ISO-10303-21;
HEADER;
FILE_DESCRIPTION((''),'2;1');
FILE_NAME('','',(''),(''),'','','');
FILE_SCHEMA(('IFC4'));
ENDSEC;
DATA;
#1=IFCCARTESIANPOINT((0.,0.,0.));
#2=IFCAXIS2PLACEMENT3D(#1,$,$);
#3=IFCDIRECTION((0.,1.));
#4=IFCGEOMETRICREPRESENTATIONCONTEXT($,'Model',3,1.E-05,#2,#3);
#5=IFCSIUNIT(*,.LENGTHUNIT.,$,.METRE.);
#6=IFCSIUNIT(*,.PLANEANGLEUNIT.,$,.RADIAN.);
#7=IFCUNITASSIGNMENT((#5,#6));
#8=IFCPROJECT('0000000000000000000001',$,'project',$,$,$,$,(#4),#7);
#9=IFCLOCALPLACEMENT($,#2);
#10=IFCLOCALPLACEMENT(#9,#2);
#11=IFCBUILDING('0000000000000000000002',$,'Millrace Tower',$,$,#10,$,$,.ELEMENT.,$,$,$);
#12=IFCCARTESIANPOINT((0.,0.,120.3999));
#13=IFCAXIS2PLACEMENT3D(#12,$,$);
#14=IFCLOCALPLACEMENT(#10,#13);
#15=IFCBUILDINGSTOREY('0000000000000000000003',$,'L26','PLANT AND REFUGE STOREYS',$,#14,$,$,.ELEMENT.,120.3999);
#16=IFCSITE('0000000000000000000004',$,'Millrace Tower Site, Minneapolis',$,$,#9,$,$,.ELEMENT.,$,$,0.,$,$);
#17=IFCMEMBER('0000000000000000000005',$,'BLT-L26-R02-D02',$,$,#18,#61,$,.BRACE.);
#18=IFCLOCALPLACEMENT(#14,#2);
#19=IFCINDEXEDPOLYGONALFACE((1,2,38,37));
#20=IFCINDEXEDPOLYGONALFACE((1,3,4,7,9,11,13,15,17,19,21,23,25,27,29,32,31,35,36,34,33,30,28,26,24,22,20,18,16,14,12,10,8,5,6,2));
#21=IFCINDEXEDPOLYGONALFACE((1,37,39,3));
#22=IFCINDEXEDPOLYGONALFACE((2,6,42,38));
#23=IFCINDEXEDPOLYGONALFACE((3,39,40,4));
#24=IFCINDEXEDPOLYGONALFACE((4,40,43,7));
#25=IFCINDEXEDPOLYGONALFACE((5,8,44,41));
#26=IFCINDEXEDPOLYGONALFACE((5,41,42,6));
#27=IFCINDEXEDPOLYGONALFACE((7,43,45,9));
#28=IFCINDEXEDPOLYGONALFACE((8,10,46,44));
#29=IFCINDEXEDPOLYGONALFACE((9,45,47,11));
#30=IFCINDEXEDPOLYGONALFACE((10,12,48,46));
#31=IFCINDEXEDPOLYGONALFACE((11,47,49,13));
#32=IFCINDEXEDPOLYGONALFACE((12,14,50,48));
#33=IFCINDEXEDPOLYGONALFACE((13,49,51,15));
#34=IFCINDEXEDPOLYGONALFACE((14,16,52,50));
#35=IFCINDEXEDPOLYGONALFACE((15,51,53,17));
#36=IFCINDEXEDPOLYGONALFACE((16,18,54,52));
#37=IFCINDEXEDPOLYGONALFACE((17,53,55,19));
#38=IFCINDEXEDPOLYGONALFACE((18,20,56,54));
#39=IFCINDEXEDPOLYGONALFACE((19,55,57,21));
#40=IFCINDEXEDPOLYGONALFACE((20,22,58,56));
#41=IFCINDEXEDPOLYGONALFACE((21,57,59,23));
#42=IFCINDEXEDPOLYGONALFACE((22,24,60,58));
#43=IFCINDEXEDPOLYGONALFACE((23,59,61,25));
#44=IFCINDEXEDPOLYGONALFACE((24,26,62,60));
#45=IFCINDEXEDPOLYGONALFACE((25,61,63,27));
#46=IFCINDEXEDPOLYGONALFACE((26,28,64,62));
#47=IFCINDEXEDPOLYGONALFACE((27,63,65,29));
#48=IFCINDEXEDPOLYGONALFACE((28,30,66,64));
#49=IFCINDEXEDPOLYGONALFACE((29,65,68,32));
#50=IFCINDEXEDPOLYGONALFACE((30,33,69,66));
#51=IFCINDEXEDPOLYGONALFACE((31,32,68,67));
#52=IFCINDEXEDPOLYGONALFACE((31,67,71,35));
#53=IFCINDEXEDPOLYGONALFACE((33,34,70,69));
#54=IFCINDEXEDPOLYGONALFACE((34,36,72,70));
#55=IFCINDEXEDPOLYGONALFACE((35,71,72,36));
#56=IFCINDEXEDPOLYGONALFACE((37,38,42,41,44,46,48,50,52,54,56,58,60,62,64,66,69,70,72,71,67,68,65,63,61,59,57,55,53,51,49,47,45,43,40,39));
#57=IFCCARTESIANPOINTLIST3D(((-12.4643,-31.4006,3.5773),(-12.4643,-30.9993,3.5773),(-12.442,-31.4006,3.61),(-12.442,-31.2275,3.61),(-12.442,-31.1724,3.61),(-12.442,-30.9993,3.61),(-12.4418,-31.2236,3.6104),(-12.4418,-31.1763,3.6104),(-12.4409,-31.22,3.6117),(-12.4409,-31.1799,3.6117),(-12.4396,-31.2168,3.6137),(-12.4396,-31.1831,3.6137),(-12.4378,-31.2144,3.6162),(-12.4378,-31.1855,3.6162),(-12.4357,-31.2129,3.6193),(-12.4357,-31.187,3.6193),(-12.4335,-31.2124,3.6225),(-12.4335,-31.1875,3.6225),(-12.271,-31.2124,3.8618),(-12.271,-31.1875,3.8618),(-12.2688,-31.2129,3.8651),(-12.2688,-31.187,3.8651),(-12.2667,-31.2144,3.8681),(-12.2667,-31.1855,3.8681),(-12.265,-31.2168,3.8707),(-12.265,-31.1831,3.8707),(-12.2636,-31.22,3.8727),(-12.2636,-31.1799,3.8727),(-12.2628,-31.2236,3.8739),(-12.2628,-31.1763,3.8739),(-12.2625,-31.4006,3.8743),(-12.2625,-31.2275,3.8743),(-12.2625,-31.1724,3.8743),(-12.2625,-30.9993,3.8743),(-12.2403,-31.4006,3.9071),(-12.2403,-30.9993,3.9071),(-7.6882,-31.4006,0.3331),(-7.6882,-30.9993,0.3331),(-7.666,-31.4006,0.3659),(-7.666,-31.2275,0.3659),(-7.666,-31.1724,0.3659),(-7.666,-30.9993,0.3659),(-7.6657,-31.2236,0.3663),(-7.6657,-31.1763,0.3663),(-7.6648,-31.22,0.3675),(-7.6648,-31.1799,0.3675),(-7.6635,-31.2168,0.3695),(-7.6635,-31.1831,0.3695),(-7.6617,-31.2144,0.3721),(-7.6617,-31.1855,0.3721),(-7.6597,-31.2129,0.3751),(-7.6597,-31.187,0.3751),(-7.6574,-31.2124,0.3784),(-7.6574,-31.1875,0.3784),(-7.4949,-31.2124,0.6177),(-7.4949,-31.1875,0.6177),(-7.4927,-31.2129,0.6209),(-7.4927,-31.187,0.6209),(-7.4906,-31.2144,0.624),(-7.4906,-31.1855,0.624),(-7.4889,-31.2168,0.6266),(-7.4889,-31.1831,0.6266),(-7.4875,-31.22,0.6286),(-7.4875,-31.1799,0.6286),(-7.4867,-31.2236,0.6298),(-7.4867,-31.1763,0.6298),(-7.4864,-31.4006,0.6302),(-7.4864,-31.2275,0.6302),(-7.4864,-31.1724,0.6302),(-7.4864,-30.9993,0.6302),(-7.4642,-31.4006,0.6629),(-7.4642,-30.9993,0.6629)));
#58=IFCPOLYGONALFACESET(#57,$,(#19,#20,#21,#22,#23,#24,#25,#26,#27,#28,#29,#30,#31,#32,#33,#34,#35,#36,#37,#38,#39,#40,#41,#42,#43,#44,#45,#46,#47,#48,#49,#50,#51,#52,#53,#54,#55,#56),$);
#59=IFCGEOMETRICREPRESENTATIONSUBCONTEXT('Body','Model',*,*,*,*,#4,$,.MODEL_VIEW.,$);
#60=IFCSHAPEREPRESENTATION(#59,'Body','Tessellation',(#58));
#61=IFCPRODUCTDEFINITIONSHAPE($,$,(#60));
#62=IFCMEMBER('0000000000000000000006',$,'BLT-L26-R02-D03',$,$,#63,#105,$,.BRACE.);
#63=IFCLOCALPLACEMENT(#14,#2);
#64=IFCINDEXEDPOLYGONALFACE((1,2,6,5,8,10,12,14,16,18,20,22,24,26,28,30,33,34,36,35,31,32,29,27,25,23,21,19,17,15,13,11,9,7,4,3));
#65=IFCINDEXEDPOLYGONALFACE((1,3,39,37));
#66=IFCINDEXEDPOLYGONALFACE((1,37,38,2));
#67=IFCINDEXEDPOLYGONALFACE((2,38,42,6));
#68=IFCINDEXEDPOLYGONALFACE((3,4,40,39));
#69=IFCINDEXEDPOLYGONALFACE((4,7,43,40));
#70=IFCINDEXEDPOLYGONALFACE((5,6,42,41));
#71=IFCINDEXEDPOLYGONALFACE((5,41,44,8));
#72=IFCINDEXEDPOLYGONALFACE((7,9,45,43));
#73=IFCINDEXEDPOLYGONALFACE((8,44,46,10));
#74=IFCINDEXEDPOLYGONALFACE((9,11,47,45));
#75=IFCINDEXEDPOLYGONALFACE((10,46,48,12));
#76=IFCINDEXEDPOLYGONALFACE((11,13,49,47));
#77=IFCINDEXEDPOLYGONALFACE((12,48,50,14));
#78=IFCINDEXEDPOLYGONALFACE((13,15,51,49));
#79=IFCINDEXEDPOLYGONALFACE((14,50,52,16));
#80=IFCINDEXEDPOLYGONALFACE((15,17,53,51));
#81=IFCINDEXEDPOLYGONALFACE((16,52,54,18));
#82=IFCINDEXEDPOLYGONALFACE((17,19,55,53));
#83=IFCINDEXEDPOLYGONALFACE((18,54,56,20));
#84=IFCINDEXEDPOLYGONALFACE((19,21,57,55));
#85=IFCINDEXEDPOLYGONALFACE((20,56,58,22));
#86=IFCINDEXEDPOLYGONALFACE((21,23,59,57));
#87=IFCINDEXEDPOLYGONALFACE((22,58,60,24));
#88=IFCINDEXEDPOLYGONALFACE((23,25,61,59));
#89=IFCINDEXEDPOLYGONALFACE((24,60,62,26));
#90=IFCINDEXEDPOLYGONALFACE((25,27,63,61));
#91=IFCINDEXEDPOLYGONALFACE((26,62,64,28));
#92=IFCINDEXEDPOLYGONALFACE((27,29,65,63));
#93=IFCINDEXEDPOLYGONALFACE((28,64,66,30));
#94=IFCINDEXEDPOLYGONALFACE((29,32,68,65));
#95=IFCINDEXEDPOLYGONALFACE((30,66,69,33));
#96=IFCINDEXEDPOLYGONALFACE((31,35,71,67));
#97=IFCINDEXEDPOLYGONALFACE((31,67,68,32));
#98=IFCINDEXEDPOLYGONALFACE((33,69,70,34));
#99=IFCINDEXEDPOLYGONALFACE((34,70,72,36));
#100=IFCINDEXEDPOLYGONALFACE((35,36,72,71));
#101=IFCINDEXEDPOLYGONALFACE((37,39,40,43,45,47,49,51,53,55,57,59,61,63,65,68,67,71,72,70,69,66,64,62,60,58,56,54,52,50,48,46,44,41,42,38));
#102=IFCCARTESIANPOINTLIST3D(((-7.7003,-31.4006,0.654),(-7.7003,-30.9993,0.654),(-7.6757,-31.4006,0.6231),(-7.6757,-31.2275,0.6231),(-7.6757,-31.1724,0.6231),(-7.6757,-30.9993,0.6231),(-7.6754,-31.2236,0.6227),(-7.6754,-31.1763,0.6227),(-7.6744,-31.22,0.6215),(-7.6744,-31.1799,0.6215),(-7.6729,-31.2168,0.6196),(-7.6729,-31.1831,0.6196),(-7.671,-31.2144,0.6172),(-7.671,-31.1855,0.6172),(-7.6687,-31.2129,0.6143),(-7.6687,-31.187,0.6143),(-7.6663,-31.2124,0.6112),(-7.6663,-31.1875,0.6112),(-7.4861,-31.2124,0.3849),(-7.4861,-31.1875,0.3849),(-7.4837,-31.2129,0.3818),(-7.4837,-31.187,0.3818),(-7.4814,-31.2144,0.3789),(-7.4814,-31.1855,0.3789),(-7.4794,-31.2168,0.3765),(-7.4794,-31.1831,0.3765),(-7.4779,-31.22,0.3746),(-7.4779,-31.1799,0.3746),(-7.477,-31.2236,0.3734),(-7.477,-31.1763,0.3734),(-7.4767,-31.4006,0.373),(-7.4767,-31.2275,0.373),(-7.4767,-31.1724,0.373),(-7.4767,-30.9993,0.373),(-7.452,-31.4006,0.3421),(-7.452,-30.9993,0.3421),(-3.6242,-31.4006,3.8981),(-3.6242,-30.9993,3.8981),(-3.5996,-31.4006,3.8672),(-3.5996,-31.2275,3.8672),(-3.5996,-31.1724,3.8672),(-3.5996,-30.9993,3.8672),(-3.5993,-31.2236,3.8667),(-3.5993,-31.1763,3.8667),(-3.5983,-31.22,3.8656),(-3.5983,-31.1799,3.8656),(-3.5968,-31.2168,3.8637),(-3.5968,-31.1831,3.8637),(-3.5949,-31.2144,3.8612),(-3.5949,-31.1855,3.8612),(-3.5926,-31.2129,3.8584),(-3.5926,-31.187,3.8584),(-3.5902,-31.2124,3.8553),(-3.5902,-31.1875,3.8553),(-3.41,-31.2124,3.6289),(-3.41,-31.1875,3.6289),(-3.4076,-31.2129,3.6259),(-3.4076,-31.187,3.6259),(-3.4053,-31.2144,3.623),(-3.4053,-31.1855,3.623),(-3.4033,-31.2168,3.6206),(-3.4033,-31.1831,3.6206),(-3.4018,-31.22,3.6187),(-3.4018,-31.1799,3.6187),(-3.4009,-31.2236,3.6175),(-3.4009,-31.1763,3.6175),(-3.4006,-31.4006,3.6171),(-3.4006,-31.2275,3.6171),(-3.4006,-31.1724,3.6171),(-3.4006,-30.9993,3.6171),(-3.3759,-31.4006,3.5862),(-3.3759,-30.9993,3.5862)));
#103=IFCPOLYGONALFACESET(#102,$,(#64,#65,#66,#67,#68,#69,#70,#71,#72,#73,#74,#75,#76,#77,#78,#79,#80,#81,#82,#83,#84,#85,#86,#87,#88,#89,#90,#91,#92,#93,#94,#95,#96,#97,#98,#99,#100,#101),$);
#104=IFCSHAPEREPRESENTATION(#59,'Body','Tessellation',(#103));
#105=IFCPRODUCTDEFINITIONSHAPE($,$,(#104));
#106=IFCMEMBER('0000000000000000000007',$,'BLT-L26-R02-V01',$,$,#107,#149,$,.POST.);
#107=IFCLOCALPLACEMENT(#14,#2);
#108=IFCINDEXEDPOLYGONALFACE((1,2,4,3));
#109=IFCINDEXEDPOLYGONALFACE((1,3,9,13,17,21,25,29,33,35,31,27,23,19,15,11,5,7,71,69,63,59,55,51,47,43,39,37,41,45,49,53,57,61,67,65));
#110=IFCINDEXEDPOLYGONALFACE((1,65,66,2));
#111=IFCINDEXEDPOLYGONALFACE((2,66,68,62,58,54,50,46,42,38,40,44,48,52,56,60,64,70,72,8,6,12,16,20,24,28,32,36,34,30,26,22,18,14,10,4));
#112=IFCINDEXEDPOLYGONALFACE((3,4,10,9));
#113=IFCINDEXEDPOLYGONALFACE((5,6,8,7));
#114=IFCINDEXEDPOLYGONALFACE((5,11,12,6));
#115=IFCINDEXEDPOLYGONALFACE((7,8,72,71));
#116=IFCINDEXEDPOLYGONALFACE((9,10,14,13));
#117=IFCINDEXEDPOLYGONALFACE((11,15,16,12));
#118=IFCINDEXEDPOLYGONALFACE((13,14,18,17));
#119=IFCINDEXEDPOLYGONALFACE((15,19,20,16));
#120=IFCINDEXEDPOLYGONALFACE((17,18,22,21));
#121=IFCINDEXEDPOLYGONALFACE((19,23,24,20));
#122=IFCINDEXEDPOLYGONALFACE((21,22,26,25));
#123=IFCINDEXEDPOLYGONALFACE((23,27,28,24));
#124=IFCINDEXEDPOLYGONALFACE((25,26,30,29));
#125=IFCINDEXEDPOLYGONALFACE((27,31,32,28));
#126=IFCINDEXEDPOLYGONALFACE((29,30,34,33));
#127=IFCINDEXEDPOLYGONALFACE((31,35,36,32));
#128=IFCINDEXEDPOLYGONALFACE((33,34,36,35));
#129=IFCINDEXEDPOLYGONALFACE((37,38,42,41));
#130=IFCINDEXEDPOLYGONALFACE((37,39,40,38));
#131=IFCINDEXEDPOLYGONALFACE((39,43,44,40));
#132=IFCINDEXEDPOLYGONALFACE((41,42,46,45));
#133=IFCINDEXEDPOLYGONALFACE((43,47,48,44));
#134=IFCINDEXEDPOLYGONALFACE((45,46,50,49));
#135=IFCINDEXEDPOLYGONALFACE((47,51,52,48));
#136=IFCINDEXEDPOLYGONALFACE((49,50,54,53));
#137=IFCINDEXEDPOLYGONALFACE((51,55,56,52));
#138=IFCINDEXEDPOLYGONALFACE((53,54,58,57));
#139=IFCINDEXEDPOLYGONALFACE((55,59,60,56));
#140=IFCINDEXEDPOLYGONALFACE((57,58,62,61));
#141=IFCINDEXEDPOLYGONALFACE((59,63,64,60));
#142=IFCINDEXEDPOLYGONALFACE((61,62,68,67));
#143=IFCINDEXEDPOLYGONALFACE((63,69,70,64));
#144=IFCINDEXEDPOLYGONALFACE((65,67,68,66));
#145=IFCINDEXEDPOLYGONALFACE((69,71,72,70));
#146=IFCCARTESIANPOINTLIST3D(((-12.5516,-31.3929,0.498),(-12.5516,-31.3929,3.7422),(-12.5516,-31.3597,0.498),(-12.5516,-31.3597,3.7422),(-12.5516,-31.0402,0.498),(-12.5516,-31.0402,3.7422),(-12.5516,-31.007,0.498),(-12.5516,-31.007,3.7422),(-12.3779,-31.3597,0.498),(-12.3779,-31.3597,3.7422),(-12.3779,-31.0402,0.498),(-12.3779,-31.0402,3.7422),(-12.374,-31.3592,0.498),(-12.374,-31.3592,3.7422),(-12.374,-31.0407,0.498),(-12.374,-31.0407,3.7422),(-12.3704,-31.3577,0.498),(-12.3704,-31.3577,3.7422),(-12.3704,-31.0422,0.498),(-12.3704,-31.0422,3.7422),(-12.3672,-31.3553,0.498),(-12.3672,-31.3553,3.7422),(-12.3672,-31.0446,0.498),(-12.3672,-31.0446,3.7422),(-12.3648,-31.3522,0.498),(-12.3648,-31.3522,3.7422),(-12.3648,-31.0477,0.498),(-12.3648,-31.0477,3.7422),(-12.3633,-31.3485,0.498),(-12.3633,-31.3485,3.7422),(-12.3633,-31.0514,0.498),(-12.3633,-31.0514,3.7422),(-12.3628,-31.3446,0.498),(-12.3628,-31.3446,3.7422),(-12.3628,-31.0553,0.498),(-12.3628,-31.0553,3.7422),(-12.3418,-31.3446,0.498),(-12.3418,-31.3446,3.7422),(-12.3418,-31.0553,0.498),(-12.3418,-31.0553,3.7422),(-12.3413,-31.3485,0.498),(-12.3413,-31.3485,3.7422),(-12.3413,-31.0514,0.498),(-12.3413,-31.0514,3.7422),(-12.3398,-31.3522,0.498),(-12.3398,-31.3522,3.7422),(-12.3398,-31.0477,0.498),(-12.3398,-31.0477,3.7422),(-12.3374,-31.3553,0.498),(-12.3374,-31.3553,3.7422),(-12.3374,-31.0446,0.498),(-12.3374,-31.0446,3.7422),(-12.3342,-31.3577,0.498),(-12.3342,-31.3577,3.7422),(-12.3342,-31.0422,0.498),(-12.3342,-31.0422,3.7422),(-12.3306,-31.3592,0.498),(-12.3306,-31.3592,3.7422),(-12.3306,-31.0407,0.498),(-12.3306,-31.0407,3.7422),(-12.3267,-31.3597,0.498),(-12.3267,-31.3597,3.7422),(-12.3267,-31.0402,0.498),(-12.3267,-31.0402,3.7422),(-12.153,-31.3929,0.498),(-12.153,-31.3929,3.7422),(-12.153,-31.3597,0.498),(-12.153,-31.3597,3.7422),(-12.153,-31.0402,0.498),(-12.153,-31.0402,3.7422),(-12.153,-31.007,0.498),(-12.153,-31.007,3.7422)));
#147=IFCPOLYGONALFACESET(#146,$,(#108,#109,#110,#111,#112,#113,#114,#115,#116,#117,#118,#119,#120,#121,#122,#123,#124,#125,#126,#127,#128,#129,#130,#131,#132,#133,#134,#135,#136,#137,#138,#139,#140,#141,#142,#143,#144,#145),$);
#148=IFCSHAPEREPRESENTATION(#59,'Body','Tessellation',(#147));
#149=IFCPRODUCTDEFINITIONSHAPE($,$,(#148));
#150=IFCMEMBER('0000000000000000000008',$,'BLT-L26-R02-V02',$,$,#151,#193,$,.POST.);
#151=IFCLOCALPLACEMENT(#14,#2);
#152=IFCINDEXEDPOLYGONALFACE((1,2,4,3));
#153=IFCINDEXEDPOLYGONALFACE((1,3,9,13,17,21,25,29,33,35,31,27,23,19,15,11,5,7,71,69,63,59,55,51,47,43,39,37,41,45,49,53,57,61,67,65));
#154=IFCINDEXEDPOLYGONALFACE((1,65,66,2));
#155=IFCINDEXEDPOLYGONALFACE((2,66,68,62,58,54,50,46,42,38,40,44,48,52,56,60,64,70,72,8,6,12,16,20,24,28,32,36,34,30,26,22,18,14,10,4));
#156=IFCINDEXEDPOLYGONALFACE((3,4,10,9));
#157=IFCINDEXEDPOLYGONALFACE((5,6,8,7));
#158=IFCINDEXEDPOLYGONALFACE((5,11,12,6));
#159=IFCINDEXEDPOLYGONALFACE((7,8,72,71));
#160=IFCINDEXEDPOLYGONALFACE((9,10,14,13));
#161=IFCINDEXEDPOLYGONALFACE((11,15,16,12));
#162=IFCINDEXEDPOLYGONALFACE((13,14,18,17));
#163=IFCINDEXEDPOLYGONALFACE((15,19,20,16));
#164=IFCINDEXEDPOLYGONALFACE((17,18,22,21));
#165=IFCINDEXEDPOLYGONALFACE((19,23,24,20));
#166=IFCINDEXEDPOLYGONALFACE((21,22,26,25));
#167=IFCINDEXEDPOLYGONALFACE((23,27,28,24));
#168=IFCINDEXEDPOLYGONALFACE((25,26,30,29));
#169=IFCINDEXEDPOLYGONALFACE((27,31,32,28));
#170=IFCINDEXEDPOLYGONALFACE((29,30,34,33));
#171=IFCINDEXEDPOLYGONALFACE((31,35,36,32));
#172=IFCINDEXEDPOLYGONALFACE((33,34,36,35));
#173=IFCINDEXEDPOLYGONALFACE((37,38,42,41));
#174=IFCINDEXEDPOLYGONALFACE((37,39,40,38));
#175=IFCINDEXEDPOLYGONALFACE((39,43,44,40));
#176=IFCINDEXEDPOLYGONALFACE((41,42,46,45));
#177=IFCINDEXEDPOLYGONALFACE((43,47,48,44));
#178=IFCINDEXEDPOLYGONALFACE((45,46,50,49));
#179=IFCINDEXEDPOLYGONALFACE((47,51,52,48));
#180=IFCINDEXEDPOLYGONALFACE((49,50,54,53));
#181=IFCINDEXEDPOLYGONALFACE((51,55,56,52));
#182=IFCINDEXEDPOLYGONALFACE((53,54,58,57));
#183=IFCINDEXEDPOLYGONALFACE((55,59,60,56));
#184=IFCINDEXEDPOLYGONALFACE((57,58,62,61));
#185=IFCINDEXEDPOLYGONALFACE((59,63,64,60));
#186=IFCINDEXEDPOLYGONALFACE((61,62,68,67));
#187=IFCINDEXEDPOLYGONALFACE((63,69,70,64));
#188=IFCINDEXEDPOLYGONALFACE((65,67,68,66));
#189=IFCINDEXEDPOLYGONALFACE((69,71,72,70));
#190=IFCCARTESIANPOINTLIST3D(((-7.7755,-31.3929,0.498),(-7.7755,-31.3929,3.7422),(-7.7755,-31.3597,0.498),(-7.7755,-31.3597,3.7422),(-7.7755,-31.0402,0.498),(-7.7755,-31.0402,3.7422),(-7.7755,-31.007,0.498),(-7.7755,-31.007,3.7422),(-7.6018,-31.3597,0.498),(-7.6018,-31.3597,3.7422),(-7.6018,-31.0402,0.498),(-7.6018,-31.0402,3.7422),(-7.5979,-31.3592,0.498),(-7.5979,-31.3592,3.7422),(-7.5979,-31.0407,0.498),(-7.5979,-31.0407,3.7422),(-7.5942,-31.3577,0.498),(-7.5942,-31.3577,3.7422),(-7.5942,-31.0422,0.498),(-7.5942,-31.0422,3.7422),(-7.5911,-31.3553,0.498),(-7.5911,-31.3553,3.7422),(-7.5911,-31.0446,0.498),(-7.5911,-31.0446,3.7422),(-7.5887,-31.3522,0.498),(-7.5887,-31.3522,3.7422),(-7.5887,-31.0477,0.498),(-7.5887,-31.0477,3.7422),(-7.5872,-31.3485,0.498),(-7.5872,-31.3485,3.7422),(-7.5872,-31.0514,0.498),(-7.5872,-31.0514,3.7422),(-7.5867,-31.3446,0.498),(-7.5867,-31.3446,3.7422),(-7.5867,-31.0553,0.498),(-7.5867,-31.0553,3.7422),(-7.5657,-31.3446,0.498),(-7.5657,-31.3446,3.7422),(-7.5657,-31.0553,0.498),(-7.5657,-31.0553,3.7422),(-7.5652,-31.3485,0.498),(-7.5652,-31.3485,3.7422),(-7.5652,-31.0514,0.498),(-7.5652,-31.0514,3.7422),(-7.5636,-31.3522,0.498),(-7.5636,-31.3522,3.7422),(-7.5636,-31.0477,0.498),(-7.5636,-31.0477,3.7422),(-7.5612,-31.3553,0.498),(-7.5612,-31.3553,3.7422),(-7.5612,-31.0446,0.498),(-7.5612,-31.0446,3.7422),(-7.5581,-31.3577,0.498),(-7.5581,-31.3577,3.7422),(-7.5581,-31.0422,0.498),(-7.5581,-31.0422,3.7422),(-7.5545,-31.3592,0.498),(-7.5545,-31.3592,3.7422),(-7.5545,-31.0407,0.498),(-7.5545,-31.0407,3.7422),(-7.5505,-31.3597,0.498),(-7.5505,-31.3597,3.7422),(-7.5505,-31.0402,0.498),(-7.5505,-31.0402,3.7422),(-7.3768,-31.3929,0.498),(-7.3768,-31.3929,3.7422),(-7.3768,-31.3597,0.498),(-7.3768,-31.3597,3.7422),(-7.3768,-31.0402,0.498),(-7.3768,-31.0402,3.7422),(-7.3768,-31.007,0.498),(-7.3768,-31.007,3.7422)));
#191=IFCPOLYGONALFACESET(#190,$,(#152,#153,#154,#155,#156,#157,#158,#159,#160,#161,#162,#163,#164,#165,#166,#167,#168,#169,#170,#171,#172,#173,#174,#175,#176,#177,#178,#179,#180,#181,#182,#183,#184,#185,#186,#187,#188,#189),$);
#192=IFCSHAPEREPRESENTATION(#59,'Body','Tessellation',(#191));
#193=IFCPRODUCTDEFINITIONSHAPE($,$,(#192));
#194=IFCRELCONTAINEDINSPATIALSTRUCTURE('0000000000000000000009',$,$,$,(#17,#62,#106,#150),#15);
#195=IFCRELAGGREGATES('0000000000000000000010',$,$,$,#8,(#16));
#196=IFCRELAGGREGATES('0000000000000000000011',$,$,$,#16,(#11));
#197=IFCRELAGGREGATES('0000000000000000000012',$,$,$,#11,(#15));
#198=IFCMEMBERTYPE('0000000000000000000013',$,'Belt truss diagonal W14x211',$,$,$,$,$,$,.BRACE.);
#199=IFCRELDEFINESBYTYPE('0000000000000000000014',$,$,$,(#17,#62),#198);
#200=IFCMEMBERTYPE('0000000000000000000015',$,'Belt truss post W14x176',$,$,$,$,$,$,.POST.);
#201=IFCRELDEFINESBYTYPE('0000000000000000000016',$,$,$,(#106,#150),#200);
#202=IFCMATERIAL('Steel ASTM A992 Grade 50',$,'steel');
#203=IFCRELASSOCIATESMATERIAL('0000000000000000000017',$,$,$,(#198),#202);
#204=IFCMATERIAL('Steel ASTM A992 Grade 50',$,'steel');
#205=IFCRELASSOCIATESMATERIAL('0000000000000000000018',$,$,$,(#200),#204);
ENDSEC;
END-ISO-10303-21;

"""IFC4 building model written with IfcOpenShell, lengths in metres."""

from ifc_helpers import new_model, si_unit, direction, frame, origin, origin_2d, place, context, subcontext, project, spatial, i_section, extrude, material, material_profile, profile_set, type_object, element, save


model = new_model("IFC4")

# Units and contexts
model_context = context("Model", 3, precision=1e-05, world=origin(), true_north=direction((0.0, 1.0)))
body_context = subcontext(model_context, "Body", "Model", "MODEL_VIEW")
ifc_project = project(units=[si_unit("LENGTHUNIT", "METRE"), si_unit("PLANEANGLEUNIT", "RADIAN")], contexts=[model_context])

# Site, building, storey
site_placement = place(None, origin())
site = spatial("IfcSite", under=ifc_project, at=site_placement, Name="Millrace Tower Site, Minneapolis", CompositionType="ELEMENT", RefElevation=0.0)
building_placement = place(site_placement, origin())
building = spatial("IfcBuilding", under=site, at=building_placement, Name="Millrace Tower", CompositionType="ELEMENT")
storey_placement = place(building_placement, frame((0.0, 0.0, 120.3999)))
storey = spatial("IfcBuildingStorey", under=building, at=storey_placement, Name="L26", Description="PLANT AND REFUGE STOREYS", CompositionType="ELEMENT", Elevation=120.3999)

# Members
ifc_material_1 = material(Name="Steel ASTM A992 Grade 50", Category="steel")
ifc_material_profile_1 = material_profile(ifc_material_1, i_section(OverallWidth=0.4014, OverallDepth=0.3987, WebThickness=0.0249, FlangeThickness=0.0396, FilletRadius=0.0151, at=origin_2d()))
ifc_profile_set_1 = profile_set([ifc_material_profile_1], Name="Steel ASTM A992 Grade 50")
member_type_1 = type_object("IfcMemberType", Name="Belt truss diagonal W14x211", PredefinedType="BRACE", material=ifc_profile_set_1)
member_1_placement = place(storey_placement, frame((-7.5762, -31.2, 0.498), z_axis=(-0.827218, 0.0, 0.561881), x_axis=(0.0, -1.0, 0.0)))
element("IfcMember", 1, at=member_1_placement, inside=storey, type_object=member_type_1, Name="BLT-L26-R02-D02", PredefinedType="BRACE", context=body_context, shape_type="SweptSolid", body=[
    extrude(i_section(OverallWidth=0.4014, OverallDepth=0.3987, WebThickness=0.0249, FlangeThickness=0.0396, FilletRadius=0.0151, at=origin_2d()), origin(), (0.0, 0.0, 1.0), 5.7737),
])
member_2_placement = place(storey_placement, frame((-7.5762, -31.2, 0.498), z_axis=(0.782439, 0.0, 0.622727), x_axis=(0.0, 1.0, 0.0)))
element("IfcMember", 2, at=member_2_placement, inside=storey, type_object=member_type_1, Name="BLT-L26-R02-D03", PredefinedType="BRACE", context=body_context, shape_type="SweptSolid", body=[
    extrude(i_section(OverallWidth=0.4014, OverallDepth=0.3987, WebThickness=0.0249, FlangeThickness=0.0396, FilletRadius=0.0151, at=origin_2d()), origin(), (0.0, 0.0, 1.0), 5.2095),
])
ifc_material_2 = material(Name="Steel ASTM A992 Grade 50", Category="steel")
ifc_material_profile_2 = material_profile(ifc_material_2, i_section(OverallWidth=0.3987, OverallDepth=0.386, WebThickness=0.021, FlangeThickness=0.0332, FilletRadius=0.0151, at=origin_2d()))
ifc_profile_set_2 = profile_set([ifc_material_profile_2], Name="Steel ASTM A992 Grade 50")
member_type_2 = type_object("IfcMemberType", Name="Belt truss post W14x176", PredefinedType="POST", material=ifc_profile_set_2)
for number, where, z_axis, x_axis, name in (
    (3, (-12.3523, -31.2, 0.498), (0.0, 0.0, 1.0), (1.0, 0.0, 0.0), "BLT-L26-R02-V01"),
    (4, (-7.5762, -31.2, 0.498), (0.0, 0.0, 1.0), (1.0, 0.0, 0.0), "BLT-L26-R02-V02"),
):
    element("IfcMember", number, at=place(storey_placement, frame(where, z_axis=z_axis, x_axis=x_axis)), inside=storey, type_object=member_type_2, Name=name, PredefinedType="POST", context=body_context, shape_type="SweptSolid", body=[
        extrude(i_section(OverallWidth=0.3987, OverallDepth=0.386, WebThickness=0.021, FlangeThickness=0.0332, FilletRadius=0.0151, at=origin_2d()), origin(), (0.0, 0.0, 1.0), 3.2441),
    ])

save(model, "model.ifc")
